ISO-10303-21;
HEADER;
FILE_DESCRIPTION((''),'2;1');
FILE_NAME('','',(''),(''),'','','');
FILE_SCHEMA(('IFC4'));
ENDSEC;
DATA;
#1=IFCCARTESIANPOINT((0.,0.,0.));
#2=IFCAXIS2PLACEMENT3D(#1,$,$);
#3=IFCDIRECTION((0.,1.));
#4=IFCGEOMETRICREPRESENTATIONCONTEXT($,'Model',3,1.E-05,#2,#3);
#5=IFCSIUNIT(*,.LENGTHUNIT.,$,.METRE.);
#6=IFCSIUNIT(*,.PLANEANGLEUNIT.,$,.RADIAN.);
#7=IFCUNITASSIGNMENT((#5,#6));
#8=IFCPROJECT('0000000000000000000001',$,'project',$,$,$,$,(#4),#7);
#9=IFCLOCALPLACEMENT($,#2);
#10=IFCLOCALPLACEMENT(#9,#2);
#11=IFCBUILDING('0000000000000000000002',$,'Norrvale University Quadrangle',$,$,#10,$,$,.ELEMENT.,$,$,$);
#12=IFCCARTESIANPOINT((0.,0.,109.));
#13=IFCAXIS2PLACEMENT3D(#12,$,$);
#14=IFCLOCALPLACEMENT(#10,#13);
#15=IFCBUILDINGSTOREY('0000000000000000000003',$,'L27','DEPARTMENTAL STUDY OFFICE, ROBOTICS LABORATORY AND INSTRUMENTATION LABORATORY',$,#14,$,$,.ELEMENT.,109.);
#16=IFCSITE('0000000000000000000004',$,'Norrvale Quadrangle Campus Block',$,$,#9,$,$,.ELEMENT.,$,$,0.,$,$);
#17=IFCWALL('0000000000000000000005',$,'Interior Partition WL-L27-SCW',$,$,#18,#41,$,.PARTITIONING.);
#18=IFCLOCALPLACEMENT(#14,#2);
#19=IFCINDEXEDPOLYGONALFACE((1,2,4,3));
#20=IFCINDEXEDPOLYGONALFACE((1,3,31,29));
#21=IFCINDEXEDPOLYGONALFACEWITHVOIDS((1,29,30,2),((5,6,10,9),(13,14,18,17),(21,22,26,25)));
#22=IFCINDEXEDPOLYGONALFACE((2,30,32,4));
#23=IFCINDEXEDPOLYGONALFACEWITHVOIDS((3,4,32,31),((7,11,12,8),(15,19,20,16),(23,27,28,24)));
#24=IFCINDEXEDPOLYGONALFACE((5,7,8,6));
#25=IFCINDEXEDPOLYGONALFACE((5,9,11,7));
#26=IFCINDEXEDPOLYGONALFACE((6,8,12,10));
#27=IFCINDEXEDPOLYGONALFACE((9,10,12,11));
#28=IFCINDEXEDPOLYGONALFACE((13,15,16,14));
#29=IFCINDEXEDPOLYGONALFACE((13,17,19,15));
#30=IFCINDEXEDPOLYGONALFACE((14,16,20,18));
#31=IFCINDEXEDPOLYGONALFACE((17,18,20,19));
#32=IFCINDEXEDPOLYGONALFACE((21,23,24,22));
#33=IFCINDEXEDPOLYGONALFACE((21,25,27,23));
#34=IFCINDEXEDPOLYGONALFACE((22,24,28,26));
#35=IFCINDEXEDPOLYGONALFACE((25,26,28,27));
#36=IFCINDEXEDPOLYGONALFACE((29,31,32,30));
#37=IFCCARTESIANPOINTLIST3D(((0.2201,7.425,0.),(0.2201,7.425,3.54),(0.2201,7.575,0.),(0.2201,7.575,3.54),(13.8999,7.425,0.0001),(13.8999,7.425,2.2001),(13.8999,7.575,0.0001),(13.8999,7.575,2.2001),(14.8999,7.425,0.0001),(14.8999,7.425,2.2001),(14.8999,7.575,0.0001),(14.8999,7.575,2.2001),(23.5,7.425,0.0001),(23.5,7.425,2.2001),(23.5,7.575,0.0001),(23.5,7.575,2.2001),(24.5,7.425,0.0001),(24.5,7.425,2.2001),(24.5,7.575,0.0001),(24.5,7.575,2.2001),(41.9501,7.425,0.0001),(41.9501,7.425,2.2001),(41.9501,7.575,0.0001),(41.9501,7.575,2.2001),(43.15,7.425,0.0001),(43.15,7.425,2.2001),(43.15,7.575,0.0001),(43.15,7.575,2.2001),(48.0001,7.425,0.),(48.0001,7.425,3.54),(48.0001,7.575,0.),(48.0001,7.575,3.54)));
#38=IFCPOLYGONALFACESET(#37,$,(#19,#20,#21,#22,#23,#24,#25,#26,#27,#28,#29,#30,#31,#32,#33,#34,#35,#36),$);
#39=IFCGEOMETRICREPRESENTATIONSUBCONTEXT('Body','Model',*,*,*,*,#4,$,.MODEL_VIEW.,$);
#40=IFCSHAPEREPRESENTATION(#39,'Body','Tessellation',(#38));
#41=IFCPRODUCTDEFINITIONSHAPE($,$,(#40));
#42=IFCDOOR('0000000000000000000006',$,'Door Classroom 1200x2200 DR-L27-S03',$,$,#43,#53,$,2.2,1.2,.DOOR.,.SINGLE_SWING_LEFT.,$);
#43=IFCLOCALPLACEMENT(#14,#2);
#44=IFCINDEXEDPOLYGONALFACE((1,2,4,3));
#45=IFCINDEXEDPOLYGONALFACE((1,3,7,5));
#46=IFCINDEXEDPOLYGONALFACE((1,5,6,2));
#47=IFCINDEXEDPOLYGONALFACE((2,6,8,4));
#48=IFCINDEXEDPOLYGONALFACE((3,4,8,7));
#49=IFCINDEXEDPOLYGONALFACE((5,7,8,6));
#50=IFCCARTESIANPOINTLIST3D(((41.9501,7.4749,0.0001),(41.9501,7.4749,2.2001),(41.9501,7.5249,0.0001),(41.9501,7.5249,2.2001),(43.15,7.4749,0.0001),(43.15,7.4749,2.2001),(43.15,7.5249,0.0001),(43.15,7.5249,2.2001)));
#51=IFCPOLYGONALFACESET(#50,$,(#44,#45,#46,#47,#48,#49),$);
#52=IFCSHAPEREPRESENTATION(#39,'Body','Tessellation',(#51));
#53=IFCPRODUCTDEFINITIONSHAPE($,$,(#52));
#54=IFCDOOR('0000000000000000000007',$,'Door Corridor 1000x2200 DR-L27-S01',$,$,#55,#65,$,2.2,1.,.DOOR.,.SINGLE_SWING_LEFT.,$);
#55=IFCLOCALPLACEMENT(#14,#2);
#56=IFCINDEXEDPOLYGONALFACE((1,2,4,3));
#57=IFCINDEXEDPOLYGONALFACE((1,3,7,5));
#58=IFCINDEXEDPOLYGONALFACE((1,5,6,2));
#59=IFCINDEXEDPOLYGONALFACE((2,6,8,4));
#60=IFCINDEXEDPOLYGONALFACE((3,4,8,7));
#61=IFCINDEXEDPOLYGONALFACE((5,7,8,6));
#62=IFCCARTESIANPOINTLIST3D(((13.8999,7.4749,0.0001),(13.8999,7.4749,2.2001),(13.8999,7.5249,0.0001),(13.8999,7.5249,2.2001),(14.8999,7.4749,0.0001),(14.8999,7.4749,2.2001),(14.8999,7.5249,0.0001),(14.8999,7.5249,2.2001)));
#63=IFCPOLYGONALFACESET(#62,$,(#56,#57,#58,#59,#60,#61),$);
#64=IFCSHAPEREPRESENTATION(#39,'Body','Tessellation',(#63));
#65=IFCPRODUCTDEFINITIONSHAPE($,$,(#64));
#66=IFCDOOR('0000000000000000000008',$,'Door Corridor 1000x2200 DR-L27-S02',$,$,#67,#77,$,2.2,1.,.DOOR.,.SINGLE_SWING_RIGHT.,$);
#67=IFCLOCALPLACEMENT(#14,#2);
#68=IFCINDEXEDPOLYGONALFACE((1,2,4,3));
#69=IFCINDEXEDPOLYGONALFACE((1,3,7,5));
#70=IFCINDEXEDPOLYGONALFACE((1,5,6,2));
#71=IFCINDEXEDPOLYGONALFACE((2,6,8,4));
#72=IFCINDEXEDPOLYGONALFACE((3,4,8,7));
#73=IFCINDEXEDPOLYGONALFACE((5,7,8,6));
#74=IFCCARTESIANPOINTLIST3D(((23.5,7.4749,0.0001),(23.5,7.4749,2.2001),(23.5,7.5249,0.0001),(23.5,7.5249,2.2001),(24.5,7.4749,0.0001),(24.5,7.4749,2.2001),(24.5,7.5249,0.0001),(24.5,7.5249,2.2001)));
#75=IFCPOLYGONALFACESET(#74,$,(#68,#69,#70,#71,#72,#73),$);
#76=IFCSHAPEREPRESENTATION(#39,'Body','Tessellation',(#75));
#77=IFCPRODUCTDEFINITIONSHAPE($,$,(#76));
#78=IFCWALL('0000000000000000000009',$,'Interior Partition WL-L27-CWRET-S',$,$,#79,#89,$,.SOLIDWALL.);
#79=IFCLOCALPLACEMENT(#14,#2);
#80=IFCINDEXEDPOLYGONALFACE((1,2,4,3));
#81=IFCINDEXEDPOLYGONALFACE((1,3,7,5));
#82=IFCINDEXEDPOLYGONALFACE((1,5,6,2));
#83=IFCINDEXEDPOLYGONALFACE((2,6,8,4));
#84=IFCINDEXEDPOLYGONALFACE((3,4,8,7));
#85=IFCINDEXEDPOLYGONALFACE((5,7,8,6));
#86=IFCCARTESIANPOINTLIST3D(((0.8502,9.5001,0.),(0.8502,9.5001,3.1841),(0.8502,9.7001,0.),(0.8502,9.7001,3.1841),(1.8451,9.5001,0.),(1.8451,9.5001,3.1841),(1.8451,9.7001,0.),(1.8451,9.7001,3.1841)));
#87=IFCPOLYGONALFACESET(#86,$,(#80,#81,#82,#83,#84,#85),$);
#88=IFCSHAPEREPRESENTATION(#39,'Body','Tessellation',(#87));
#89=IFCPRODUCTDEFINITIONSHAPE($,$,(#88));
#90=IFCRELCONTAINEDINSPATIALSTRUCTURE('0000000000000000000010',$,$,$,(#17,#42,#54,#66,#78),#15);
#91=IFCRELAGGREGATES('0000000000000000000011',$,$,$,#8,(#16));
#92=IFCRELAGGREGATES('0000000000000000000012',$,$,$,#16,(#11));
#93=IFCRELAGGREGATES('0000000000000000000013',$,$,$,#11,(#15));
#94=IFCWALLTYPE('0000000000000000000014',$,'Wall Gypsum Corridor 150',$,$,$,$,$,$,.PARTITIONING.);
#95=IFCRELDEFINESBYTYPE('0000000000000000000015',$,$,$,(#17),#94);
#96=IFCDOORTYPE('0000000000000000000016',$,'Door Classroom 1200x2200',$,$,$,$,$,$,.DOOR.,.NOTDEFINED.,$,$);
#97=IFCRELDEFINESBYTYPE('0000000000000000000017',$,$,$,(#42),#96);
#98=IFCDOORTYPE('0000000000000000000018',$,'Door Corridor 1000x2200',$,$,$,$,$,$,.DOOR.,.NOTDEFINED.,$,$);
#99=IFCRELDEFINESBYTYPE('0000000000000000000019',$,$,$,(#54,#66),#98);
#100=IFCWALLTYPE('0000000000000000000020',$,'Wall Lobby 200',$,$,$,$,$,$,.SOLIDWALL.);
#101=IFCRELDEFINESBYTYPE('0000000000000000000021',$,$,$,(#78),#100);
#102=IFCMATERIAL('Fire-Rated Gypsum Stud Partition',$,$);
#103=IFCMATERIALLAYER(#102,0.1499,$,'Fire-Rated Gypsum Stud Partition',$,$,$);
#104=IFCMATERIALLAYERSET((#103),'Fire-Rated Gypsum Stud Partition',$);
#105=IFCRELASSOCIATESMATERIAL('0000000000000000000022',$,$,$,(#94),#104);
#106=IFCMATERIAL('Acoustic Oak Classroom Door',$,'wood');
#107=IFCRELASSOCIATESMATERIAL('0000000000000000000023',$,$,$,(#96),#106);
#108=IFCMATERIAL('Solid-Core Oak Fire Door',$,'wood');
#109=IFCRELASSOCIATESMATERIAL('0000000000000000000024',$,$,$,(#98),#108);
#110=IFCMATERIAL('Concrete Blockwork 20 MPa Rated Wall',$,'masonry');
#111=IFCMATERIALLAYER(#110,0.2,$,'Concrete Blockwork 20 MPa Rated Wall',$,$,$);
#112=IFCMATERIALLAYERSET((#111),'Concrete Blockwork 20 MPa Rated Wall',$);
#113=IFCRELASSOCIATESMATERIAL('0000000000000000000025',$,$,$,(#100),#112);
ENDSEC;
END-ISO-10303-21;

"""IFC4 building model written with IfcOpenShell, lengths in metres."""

from ifc_helpers import new_model, si_unit, direction, frame, frame_2d, origin, place, context, subcontext, project, spatial, rectangle, extrude, material, layer, layer_set, type_object, element, fill, save


model = new_model("IFC4")

# Units and contexts
model_context = context("Model", 3, precision=1e-05, world=origin(), true_north=direction((0.0, 1.0)))
body_context = subcontext(model_context, "Body", "Model", "MODEL_VIEW")
ifc_project = project(units=[si_unit("LENGTHUNIT", "METRE"), si_unit("PLANEANGLEUNIT", "RADIAN")], contexts=[model_context])

# Site, building, storey
site_placement = place(None, origin())
site = spatial("IfcSite", under=ifc_project, at=site_placement, Name="Norrvale Quadrangle Campus Block", CompositionType="ELEMENT", RefElevation=0.0)
building_placement = place(site_placement, origin())
building = spatial("IfcBuilding", under=site, at=building_placement, Name="Norrvale University Quadrangle", CompositionType="ELEMENT")
storey_placement = place(building_placement, frame((0.0, 0.0, 109.0)))
storey = spatial("IfcBuildingStorey", under=building, at=storey_placement, Name="L27", Description="DEPARTMENTAL STUDY OFFICE, ROBOTICS LABORATORY AND INSTRUMENTATION LABORATORY", CompositionType="ELEMENT", Elevation=109.0)

# Wall, openings, doors
ifc_material_1 = material(Name="Fire-Rated Gypsum Stud Partition")
ifc_layer_1 = layer(ifc_material_1, 0.1499, Name="Fire-Rated Gypsum Stud Partition")
ifc_layer_set_1 = layer_set([ifc_layer_1], Name="Fire-Rated Gypsum Stud Partition")
wall_type_1 = type_object("IfcWallType", Name="Wall Gypsum Corridor 150", PredefinedType="PARTITIONING", material=ifc_layer_set_1)
wall_1_placement = place(storey_placement, frame((0.22, 7.5, 0.0), z_axis=(0.0, 0.0, 1.0), x_axis=(1.0, 0.0, 0.0)))
wall_1 = element("IfcWall", 1, at=wall_1_placement, inside=storey, type_object=wall_type_1, Name="Interior Partition WL-L27-SCW", PredefinedType="PARTITIONING", context=body_context, shape_type="SweptSolid", body=[
    extrude(rectangle(XDim=47.78, YDim=0.1499, at=frame_2d((23.8901, 0.0))), origin(), (0.0, 0.0, 1.0), 3.54),
])
opening_1_placement = place(wall_1_placement, frame((13.6799, 0.0, 0.0)))
opening_1 = element("IfcOpeningElement", 2, at=opening_1_placement, cuts=wall_1, PredefinedType="OPENING", context=body_context, shape_type="SweptSolid", body=[
    extrude(rectangle(XDim=1.0, YDim=2.2, at=frame_2d((0.5, 1.1001))), frame((0.0, 0.0869, 0.0), z_axis=(0.0, -1.0, 0.0), x_axis=(1.0, 0.0, 0.0)), (0.0, 0.0, 1.0), 0.1738),
])
opening_2_placement = place(wall_1_placement, frame((23.28, 0.0, 0.0)))
opening_2 = element("IfcOpeningElement", 3, at=opening_2_placement, cuts=wall_1, PredefinedType="OPENING", context=body_context, shape_type="SweptSolid", body=[
    extrude(rectangle(XDim=1.0, YDim=2.2, at=frame_2d((0.5, 1.1001))), frame((0.0, 0.0869, 0.0), z_axis=(0.0, -1.0, 0.0), x_axis=(1.0, 0.0, 0.0)), (0.0, 0.0, 1.0), 0.1738),
])
opening_3_placement = place(wall_1_placement, frame((41.73, 0.0, 0.0)))
opening_3 = element("IfcOpeningElement", 4, at=opening_3_placement, cuts=wall_1, PredefinedType="OPENING", context=body_context, shape_type="SweptSolid", body=[
    extrude(rectangle(XDim=1.2, YDim=2.2, at=frame_2d((0.6001, 1.1001))), frame((0.0, 0.0869, 0.0), z_axis=(0.0, -1.0, 0.0), x_axis=(1.0, 0.0, 0.0)), (0.0, 0.0, 1.0), 0.1738),
])
ifc_material_2 = material(Name="Acoustic Oak Classroom Door", Category="wood")
door_type_1 = type_object("IfcDoorType", Name="Door Classroom 1200x2200", OperationType="NOTDEFINED", PredefinedType="DOOR", material=ifc_material_2)
door_1_placement = place(opening_3_placement, origin())
door_1 = element("IfcDoor", 5, at=door_1_placement, inside=storey, type_object=door_type_1, Name="Door Classroom 1200x2200 DR-L27-S03", OperationType="SINGLE_SWING_LEFT", OverallHeight=2.2, OverallWidth=1.2, PredefinedType="DOOR", context=body_context, shape_type="SweptSolid", body=[
    extrude(rectangle(XDim=1.2, YDim=2.2, at=frame_2d((0.6001, 1.1001))), frame((0.0, 0.0249, 0.0), z_axis=(0.0, -1.0, 0.0), x_axis=(1.0, 0.0, 0.0)), (0.0, 0.0, 1.0), 0.05),
])
fill(opening_3, door_1)
ifc_material_3 = material(Name="Solid-Core Oak Fire Door", Category="wood")
door_type_2 = type_object("IfcDoorType", Name="Door Corridor 1000x2200", OperationType="NOTDEFINED", PredefinedType="DOOR", material=ifc_material_3)
door_2_placement = place(opening_1_placement, origin())
door_2 = element("IfcDoor", 6, at=door_2_placement, inside=storey, type_object=door_type_2, Name="Door Corridor 1000x2200 DR-L27-S01", OperationType="SINGLE_SWING_LEFT", OverallHeight=2.2, OverallWidth=1.0, PredefinedType="DOOR", context=body_context, shape_type="SweptSolid", body=[
    extrude(rectangle(XDim=1.0, YDim=2.2, at=frame_2d((0.5, 1.1001))), frame((0.0, 0.0249, 0.0), z_axis=(0.0, -1.0, 0.0), x_axis=(1.0, 0.0, 0.0)), (0.0, 0.0, 1.0), 0.05),
])
fill(opening_1, door_2)
door_3_placement = place(opening_2_placement, origin())
door_3 = element("IfcDoor", 7, at=door_3_placement, inside=storey, type_object=door_type_2, Name="Door Corridor 1000x2200 DR-L27-S02", OperationType="SINGLE_SWING_RIGHT", OverallHeight=2.2, OverallWidth=1.0, PredefinedType="DOOR", context=body_context, shape_type="SweptSolid", body=[
    extrude(rectangle(XDim=1.0, YDim=2.2, at=frame_2d((0.5, 1.1001))), frame((0.0, 0.0249, 0.0), z_axis=(0.0, -1.0, 0.0), x_axis=(1.0, 0.0, 0.0)), (0.0, 0.0, 1.0), 0.05),
])
fill(opening_2, door_3)

# Wall
ifc_material_4 = material(Name="Concrete Blockwork 20 MPa Rated Wall", Category="masonry")
ifc_layer_2 = layer(ifc_material_4, 0.2, Name="Concrete Blockwork 20 MPa Rated Wall")
ifc_layer_set_2 = layer_set([ifc_layer_2], Name="Concrete Blockwork 20 MPa Rated Wall")
wall_type_2 = type_object("IfcWallType", Name="Wall Lobby 200", PredefinedType="SOLIDWALL", material=ifc_layer_set_2)
wall_2_placement = place(storey_placement, frame((0.8501, 9.6001, 0.0), z_axis=(0.0, 0.0, 1.0), x_axis=(1.0, 0.0, 0.0)))
element("IfcWall", 8, at=wall_2_placement, inside=storey, type_object=wall_type_2, Name="Interior Partition WL-L27-CWRET-S", PredefinedType="SOLIDWALL", context=body_context, shape_type="SweptSolid", body=[
    extrude(rectangle(XDim=0.9949, YDim=0.2, at=frame_2d((0.4976, 0.0))), origin(), (0.0, 0.0, 1.0), 3.1841),
])

save(model, "model.ifc")
